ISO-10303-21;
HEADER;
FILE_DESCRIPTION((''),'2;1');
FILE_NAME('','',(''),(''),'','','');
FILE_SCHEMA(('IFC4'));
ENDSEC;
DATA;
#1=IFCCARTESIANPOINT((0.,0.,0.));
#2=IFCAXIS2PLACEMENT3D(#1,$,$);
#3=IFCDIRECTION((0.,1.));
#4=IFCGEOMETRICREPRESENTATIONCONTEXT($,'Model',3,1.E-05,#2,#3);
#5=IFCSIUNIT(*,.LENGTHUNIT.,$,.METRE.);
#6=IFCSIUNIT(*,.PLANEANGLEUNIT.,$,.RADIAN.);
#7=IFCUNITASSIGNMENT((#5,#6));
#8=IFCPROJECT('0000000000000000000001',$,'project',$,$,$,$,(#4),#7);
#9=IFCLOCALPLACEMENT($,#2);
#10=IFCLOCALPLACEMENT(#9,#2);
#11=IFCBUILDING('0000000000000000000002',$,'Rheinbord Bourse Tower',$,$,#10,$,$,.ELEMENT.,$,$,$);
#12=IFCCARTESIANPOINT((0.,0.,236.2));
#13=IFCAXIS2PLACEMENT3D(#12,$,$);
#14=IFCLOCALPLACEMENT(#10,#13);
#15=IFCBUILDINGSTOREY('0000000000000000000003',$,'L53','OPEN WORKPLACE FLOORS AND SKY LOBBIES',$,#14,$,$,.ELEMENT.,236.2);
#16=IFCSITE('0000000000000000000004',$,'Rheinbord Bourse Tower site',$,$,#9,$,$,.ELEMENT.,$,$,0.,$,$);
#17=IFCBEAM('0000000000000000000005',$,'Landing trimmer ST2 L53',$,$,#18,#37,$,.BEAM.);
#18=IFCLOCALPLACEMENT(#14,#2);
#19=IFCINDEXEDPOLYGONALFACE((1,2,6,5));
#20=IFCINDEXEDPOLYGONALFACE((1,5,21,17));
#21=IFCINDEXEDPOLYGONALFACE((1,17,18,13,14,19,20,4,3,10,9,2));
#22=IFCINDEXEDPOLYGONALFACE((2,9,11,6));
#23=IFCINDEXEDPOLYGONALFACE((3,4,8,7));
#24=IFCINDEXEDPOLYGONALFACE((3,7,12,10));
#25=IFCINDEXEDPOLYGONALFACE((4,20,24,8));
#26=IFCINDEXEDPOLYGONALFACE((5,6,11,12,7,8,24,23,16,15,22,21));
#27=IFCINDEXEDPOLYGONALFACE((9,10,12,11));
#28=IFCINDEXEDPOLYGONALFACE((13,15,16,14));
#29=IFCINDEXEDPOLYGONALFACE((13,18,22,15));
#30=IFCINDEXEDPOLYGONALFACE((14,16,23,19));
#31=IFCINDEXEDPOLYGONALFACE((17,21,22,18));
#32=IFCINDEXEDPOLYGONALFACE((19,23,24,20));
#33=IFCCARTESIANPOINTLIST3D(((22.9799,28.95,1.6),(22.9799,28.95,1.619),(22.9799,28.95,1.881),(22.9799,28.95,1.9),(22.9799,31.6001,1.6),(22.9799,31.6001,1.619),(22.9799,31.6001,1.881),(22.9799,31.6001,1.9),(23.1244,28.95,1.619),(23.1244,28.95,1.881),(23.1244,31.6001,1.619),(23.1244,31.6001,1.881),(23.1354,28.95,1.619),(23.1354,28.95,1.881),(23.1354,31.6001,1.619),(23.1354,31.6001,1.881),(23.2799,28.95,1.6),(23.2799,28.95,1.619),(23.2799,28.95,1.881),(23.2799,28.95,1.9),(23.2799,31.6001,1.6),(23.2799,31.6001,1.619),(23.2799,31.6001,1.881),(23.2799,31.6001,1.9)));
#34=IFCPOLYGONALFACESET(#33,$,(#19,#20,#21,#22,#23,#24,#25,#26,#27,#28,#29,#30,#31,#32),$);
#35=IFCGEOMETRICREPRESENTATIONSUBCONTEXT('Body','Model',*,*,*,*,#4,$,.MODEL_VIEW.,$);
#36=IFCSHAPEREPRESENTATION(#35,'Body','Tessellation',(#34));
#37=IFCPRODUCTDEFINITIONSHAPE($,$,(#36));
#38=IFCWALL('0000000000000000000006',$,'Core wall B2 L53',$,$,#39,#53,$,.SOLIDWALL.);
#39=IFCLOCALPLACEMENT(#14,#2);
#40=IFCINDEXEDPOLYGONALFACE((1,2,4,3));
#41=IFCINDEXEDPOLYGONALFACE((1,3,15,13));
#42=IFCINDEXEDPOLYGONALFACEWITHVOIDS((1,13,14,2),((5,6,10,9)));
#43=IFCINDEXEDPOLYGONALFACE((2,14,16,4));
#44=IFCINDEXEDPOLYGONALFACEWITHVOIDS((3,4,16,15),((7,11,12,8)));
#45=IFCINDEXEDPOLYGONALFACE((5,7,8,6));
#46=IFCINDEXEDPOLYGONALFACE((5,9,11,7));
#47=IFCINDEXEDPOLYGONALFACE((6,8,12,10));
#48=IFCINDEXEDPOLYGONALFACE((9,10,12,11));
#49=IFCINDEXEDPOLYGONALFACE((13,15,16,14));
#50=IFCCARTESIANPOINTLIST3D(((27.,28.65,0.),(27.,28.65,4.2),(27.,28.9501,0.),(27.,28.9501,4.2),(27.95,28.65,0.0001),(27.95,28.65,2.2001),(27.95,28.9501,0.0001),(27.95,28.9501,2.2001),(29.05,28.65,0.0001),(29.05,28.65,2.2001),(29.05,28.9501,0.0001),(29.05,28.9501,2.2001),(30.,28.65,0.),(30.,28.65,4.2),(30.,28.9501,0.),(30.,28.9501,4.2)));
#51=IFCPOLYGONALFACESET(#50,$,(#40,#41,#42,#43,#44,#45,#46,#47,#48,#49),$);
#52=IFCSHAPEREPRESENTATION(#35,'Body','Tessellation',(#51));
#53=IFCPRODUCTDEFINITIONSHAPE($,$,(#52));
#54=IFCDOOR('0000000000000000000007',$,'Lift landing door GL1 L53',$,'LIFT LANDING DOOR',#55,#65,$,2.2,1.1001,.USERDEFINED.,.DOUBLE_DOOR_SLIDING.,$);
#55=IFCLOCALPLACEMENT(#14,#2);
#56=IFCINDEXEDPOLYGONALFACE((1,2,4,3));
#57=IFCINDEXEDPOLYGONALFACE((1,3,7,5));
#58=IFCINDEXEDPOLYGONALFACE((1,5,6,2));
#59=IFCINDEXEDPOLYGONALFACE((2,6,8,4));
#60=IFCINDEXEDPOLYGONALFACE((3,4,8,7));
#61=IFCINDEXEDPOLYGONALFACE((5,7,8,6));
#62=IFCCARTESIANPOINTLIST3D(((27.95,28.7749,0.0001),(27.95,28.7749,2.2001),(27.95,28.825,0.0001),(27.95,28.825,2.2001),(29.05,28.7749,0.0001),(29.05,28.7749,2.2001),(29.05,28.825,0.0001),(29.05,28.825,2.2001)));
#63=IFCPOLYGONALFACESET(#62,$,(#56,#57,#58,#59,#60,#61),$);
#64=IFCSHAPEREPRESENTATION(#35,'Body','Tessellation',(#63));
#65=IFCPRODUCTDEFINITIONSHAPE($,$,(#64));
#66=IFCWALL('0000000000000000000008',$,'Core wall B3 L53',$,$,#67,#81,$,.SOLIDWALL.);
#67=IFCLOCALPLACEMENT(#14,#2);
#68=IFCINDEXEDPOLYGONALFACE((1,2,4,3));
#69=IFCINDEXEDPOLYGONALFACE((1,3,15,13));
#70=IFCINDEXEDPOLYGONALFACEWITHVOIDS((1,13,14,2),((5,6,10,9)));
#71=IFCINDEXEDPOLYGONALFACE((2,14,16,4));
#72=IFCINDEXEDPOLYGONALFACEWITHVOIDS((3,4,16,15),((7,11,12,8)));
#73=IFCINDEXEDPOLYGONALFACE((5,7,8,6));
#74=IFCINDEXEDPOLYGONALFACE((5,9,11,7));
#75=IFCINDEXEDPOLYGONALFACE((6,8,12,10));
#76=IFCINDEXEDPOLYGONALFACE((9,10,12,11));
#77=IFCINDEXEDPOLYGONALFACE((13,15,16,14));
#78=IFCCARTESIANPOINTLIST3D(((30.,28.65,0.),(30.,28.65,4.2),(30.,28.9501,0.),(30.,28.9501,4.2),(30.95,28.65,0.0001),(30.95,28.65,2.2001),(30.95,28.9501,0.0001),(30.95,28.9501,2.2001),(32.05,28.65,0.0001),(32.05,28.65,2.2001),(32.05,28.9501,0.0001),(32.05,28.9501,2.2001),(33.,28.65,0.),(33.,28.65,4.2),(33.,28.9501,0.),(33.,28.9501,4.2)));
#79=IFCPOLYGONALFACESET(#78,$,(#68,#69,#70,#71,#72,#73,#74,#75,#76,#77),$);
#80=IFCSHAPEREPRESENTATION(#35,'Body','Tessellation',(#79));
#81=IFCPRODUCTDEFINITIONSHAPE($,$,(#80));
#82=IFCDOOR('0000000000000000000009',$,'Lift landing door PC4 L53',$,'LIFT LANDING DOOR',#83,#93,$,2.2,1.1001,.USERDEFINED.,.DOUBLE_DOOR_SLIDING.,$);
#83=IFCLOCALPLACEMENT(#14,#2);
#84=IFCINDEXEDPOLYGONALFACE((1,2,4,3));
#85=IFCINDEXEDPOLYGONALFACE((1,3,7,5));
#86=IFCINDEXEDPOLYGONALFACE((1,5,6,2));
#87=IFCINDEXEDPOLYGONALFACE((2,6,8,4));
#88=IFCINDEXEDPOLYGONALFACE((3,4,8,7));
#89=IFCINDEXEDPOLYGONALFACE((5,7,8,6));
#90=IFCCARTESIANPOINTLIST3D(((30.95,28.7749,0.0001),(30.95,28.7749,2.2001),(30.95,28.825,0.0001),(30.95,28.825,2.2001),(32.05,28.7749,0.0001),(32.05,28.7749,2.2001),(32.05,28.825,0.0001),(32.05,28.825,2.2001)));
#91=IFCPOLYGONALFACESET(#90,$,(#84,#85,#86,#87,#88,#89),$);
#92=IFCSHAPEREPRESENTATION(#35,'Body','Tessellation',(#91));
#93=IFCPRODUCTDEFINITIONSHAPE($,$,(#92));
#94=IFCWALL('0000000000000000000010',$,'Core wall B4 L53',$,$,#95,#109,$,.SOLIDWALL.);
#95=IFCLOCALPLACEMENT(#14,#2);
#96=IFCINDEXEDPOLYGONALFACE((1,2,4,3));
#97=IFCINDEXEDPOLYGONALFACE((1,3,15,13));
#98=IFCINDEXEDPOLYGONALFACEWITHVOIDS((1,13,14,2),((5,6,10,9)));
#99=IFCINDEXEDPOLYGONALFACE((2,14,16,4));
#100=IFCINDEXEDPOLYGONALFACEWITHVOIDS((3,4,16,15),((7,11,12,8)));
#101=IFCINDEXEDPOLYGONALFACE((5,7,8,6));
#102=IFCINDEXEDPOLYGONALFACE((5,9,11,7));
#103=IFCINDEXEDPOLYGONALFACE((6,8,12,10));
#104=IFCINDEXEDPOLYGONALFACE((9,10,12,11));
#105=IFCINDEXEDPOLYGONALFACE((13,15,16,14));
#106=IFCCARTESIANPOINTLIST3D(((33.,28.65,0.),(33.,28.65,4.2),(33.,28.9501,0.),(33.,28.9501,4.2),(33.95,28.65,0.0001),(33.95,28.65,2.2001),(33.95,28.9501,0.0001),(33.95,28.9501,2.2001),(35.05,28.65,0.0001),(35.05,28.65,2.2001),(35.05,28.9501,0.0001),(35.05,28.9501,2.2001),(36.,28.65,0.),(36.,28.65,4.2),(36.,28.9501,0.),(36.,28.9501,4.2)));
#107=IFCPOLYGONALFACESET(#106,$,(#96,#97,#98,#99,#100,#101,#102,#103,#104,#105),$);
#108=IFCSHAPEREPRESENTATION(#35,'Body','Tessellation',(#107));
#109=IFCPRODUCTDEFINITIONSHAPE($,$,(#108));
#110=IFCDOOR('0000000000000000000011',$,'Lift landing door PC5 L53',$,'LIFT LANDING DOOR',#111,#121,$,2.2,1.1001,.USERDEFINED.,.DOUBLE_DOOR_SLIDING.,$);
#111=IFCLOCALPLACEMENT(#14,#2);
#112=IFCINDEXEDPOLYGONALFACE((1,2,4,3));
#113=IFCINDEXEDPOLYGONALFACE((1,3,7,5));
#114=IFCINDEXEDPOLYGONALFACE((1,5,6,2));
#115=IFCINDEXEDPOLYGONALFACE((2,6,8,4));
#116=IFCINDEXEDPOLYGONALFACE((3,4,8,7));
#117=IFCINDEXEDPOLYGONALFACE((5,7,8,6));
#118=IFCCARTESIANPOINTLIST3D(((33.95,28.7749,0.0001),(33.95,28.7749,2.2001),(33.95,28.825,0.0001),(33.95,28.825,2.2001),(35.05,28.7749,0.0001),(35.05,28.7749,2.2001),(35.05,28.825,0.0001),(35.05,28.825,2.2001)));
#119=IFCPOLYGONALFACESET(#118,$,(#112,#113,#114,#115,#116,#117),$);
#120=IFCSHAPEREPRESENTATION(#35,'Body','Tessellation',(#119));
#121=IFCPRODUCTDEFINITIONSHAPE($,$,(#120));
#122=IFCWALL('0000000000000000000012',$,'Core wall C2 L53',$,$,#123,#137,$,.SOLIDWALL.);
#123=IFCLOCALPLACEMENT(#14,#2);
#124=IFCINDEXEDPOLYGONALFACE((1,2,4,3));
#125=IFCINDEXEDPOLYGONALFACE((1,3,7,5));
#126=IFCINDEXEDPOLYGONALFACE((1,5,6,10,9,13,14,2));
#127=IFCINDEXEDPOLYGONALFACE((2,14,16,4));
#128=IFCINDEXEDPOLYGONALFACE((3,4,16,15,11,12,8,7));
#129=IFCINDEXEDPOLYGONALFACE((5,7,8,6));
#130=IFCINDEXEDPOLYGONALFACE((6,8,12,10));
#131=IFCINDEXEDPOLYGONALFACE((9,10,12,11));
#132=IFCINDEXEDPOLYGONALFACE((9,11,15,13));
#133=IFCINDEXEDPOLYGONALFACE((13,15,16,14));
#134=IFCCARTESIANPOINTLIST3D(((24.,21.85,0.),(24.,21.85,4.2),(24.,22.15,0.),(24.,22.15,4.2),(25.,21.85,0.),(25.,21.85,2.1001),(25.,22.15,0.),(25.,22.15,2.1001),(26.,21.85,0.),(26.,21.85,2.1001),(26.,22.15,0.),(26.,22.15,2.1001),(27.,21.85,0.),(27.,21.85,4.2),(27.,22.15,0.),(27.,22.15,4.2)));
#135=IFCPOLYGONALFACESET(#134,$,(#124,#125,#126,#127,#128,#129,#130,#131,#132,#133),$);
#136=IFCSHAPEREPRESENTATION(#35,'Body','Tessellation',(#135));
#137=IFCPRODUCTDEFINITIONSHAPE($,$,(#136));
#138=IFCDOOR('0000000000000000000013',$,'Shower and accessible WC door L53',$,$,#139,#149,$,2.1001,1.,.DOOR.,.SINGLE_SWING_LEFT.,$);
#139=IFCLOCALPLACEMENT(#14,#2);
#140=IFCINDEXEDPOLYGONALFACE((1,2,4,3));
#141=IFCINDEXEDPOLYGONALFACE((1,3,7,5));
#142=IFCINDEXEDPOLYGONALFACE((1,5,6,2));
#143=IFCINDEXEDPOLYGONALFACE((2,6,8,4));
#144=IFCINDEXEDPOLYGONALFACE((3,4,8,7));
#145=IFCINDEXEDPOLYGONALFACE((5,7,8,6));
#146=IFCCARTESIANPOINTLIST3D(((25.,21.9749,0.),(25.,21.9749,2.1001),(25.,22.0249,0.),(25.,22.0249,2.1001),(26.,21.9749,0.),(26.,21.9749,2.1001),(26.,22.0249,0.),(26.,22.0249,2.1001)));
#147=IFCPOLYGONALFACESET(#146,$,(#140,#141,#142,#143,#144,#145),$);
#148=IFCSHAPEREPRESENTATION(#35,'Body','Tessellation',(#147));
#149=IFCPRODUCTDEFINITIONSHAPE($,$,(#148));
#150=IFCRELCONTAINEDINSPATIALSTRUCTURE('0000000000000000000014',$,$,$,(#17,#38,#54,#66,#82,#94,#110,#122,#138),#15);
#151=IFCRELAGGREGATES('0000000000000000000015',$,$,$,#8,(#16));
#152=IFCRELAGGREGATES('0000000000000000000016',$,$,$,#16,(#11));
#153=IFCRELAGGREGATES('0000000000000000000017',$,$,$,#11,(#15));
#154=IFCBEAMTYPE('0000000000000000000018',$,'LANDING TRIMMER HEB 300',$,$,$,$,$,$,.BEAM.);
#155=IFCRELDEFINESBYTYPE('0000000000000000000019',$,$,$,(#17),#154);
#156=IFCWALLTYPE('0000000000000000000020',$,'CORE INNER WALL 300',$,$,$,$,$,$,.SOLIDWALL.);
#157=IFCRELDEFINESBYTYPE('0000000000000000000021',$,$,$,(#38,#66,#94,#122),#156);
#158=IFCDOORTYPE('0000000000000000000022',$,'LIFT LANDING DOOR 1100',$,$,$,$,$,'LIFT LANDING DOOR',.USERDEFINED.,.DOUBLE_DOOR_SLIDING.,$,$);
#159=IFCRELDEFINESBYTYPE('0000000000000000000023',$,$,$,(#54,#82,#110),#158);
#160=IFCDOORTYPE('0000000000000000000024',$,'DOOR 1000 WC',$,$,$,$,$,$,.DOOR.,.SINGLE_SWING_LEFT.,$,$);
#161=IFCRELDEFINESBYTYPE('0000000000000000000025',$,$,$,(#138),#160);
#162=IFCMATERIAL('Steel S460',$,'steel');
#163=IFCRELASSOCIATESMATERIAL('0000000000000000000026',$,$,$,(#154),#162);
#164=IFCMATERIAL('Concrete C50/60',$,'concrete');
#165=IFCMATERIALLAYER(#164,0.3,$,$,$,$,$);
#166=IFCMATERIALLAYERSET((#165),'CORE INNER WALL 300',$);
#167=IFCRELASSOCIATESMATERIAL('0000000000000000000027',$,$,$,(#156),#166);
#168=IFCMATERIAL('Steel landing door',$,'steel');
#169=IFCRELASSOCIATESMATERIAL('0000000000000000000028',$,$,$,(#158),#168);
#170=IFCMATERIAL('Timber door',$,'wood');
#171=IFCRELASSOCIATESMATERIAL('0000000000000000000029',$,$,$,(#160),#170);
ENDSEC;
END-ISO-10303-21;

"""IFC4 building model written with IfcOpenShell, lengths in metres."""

from ifc_helpers import new_model, si_unit, direction, frame, frame_2d, origin, origin_2d, place, context, subcontext, project, spatial, rectangle, i_section, extrude, material, layer, layer_set, material_profile, profile_set, type_object, element, fill, save


model = new_model("IFC4")

# Units and contexts
model_context = context("Model", 3, precision=1e-05, world=origin(), true_north=direction((0.0, 1.0)))
body_context = subcontext(model_context, "Body", "Model", "MODEL_VIEW")
ifc_project = project(units=[si_unit("LENGTHUNIT", "METRE"), si_unit("PLANEANGLEUNIT", "RADIAN")], contexts=[model_context])

# Site, building, storey
site_placement = place(None, origin())
site = spatial("IfcSite", under=ifc_project, at=site_placement, Name="Rheinbord Bourse Tower site", CompositionType="ELEMENT", RefElevation=0.0)
building_placement = place(site_placement, origin())
building = spatial("IfcBuilding", under=site, at=building_placement, Name="Rheinbord Bourse Tower", CompositionType="ELEMENT")
storey_placement = place(building_placement, frame((0.0, 0.0, 236.2)))
storey = spatial("IfcBuildingStorey", under=building, at=storey_placement, Name="L53", Description="OPEN WORKPLACE FLOORS AND SKY LOBBIES", CompositionType="ELEMENT", Elevation=236.2)

# Beam
ifc_material_1 = material(Name="Steel S460", Category="steel")
ifc_material_profile = material_profile(ifc_material_1, i_section(OverallWidth=0.3, OverallDepth=0.3, WebThickness=0.011, FlangeThickness=0.019, at=origin_2d()), Name="HEB 300")
ifc_profile_set = profile_set([ifc_material_profile], Name="Steel S460")
beam_type = type_object("IfcBeamType", Name="LANDING TRIMMER HEB 300", PredefinedType="BEAM", material=ifc_profile_set)
beam_placement = place(storey_placement, frame((23.1299, 28.95, 1.75), z_axis=(0.0, 1.0, 0.0), x_axis=(-1.0, 0.0, 0.0)))
element("IfcBeam", 1, at=beam_placement, inside=storey, type_object=beam_type, Name="Landing trimmer ST2 L53", PredefinedType="BEAM", context=body_context, shape_type="SweptSolid", body=[
    extrude(i_section(OverallWidth=0.3, OverallDepth=0.3, WebThickness=0.011, FlangeThickness=0.019, at=origin_2d()), origin(), (0.0, 0.0, 1.0), 2.6501),
])

# Walls, openings, doors
ifc_material_2 = material(Name="Concrete C50/60", Category="concrete")
ifc_layer_1 = layer(ifc_material_2, 0.3)
ifc_layer_set_1 = layer_set([ifc_layer_1], Name="CORE INNER WALL 300")
wall_type_1 = type_object("IfcWallType", Name="CORE INNER WALL 300", PredefinedType="SOLIDWALL", material=ifc_layer_set_1)
wall_1_placement = place(storey_placement, frame((27.0, 28.8, 0.0), z_axis=(0.0, 0.0, 1.0), x_axis=(1.0, 0.0, 0.0)))
wall_1 = element("IfcWall", 2, at=wall_1_placement, inside=storey, type_object=wall_type_1, Name="Core wall B2 L53", PredefinedType="SOLIDWALL", context=body_context, shape_type="SweptSolid", body=[
    extrude(rectangle(XDim=3.0, YDim=0.3, at=frame_2d((1.5, 0.0))), origin(), (0.0, 0.0, 1.0), 4.2),
])
opening_1_placement = place(wall_1_placement, frame((0.95, 0.0, 0.0)))
opening_1 = element("IfcOpeningElement", 3, at=opening_1_placement, cuts=wall_1, PredefinedType="OPENING", context=body_context, shape_type="SweptSolid", body=[
    extrude(rectangle(XDim=1.1001, YDim=2.2, at=frame_2d((0.55, 1.1001))), frame((0.0, 0.1599, 0.0), z_axis=(0.0, -1.0, 0.0), x_axis=(1.0, 0.0, 0.0)), (0.0, 0.0, 1.0), 0.3201),
])
ifc_material_3 = material(Name="Steel landing door", Category="steel")
door_type_1 = type_object("IfcDoorType", Name="LIFT LANDING DOOR 1100", ElementType="LIFT LANDING DOOR", OperationType="DOUBLE_DOOR_SLIDING", PredefinedType="USERDEFINED", material=ifc_material_3)
door_1_placement = place(opening_1_placement, origin())
door_1 = element("IfcDoor", 4, at=door_1_placement, inside=storey, type_object=door_type_1, Name="Lift landing door GL1 L53", ObjectType="LIFT LANDING DOOR", OperationType="DOUBLE_DOOR_SLIDING", OverallHeight=2.2, OverallWidth=1.1001, PredefinedType="USERDEFINED", context=body_context, shape_type="SweptSolid", body=[
    extrude(rectangle(XDim=1.1001, YDim=2.2, at=frame_2d((0.55, 1.1001))), frame((0.0, 0.0249, 0.0), z_axis=(0.0, -1.0, 0.0), x_axis=(1.0, 0.0, 0.0)), (0.0, 0.0, 1.0), 0.05),
])
fill(opening_1, door_1)
wall_2_placement = place(storey_placement, frame((30.0, 28.8, 0.0), z_axis=(0.0, 0.0, 1.0), x_axis=(1.0, 0.0, 0.0)))
wall_2 = element("IfcWall", 5, at=wall_2_placement, inside=storey, type_object=wall_type_1, Name="Core wall B3 L53", PredefinedType="SOLIDWALL", context=body_context, shape_type="SweptSolid", body=[
    extrude(rectangle(XDim=3.0, YDim=0.3, at=frame_2d((1.5, 0.0))), origin(), (0.0, 0.0, 1.0), 4.2),
])
opening_2_placement = place(wall_2_placement, frame((0.95, 0.0, 0.0)))
opening_2 = element("IfcOpeningElement", 6, at=opening_2_placement, cuts=wall_2, PredefinedType="OPENING", context=body_context, shape_type="SweptSolid", body=[
    extrude(rectangle(XDim=1.1001, YDim=2.2, at=frame_2d((0.55, 1.1001))), frame((0.0, 0.1599, 0.0), z_axis=(0.0, -1.0, 0.0), x_axis=(1.0, 0.0, 0.0)), (0.0, 0.0, 1.0), 0.3201),
])
door_2_placement = place(opening_2_placement, origin())
door_2 = element("IfcDoor", 7, at=door_2_placement, inside=storey, type_object=door_type_1, Name="Lift landing door PC4 L53", ObjectType="LIFT LANDING DOOR", OperationType="DOUBLE_DOOR_SLIDING", OverallHeight=2.2, OverallWidth=1.1001, PredefinedType="USERDEFINED", context=body_context, shape_type="SweptSolid", body=[
    extrude(rectangle(XDim=1.1001, YDim=2.2, at=frame_2d((0.55, 1.1001))), frame((0.0, 0.0249, 0.0), z_axis=(0.0, -1.0, 0.0), x_axis=(1.0, 0.0, 0.0)), (0.0, 0.0, 1.0), 0.05),
])
fill(opening_2, door_2)
wall_3_placement = place(storey_placement, frame((33.0, 28.8, 0.0), z_axis=(0.0, 0.0, 1.0), x_axis=(1.0, 0.0, 0.0)))
wall_3 = element("IfcWall", 8, at=wall_3_placement, inside=storey, type_object=wall_type_1, Name="Core wall B4 L53", PredefinedType="SOLIDWALL", context=body_context, shape_type="SweptSolid", body=[
    extrude(rectangle(XDim=3.0, YDim=0.3, at=frame_2d((1.5, 0.0))), origin(), (0.0, 0.0, 1.0), 4.2),
])
opening_3_placement = place(wall_3_placement, frame((0.95, 0.0, 0.0)))
opening_3 = element("IfcOpeningElement", 9, at=opening_3_placement, cuts=wall_3, PredefinedType="OPENING", context=body_context, shape_type="SweptSolid", body=[
    extrude(rectangle(XDim=1.1001, YDim=2.2, at=frame_2d((0.55, 1.1001))), frame((0.0, 0.1599, 0.0), z_axis=(0.0, -1.0, 0.0), x_axis=(1.0, 0.0, 0.0)), (0.0, 0.0, 1.0), 0.3201),
])
door_3_placement = place(opening_3_placement, origin())
door_3 = element("IfcDoor", 10, at=door_3_placement, inside=storey, type_object=door_type_1, Name="Lift landing door PC5 L53", ObjectType="LIFT LANDING DOOR", OperationType="DOUBLE_DOOR_SLIDING", OverallHeight=2.2, OverallWidth=1.1001, PredefinedType="USERDEFINED", context=body_context, shape_type="SweptSolid", body=[
    extrude(rectangle(XDim=1.1001, YDim=2.2, at=frame_2d((0.55, 1.1001))), frame((0.0, 0.0249, 0.0), z_axis=(0.0, -1.0, 0.0), x_axis=(1.0, 0.0, 0.0)), (0.0, 0.0, 1.0), 0.05),
])
fill(opening_3, door_3)
wall_4_placement = place(storey_placement, frame((24.0, 22.0, 0.0), z_axis=(0.0, 0.0, 1.0), x_axis=(1.0, 0.0, 0.0)))
wall_4 = element("IfcWall", 11, at=wall_4_placement, inside=storey, type_object=wall_type_1, Name="Core wall C2 L53", PredefinedType="SOLIDWALL", context=body_context, shape_type="SweptSolid", body=[
    extrude(rectangle(XDim=3.0, YDim=0.3, at=frame_2d((1.5, 0.0))), origin(), (0.0, 0.0, 1.0), 4.2),
])
opening_4_placement = place(wall_4_placement, frame((1.0, 0.0, 0.0)))
opening_4 = element("IfcOpeningElement", 12, at=opening_4_placement, cuts=wall_4, PredefinedType="OPENING", context=body_context, shape_type="SweptSolid", body=[
    extrude(rectangle(XDim=1.0, YDim=2.1001, at=frame_2d((0.5, 1.05))), frame((0.0, 0.1599, 0.0), z_axis=(0.0, -1.0, 0.0), x_axis=(1.0, 0.0, 0.0)), (0.0, 0.0, 1.0), 0.3201),
])
ifc_material_4 = material(Name="Timber door", Category="wood")
door_type_2 = type_object("IfcDoorType", Name="DOOR 1000 WC", OperationType="SINGLE_SWING_LEFT", PredefinedType="DOOR", material=ifc_material_4)
door_4_placement = place(opening_4_placement, origin())
door_4 = element("IfcDoor", 13, at=door_4_placement, inside=storey, type_object=door_type_2, Name="Shower and accessible WC door L53", OperationType="SINGLE_SWING_LEFT", OverallHeight=2.1001, OverallWidth=1.0, PredefinedType="DOOR", context=body_context, shape_type="SweptSolid", body=[
    extrude(rectangle(XDim=1.0, YDim=2.1001, at=frame_2d((0.5, 1.05))), frame((0.0, 0.0249, 0.0), z_axis=(0.0, -1.0, 0.0), x_axis=(1.0, 0.0, 0.0)), (0.0, 0.0, 1.0), 0.05),
])
fill(opening_4, door_4)

save(model, "model.ifc")
